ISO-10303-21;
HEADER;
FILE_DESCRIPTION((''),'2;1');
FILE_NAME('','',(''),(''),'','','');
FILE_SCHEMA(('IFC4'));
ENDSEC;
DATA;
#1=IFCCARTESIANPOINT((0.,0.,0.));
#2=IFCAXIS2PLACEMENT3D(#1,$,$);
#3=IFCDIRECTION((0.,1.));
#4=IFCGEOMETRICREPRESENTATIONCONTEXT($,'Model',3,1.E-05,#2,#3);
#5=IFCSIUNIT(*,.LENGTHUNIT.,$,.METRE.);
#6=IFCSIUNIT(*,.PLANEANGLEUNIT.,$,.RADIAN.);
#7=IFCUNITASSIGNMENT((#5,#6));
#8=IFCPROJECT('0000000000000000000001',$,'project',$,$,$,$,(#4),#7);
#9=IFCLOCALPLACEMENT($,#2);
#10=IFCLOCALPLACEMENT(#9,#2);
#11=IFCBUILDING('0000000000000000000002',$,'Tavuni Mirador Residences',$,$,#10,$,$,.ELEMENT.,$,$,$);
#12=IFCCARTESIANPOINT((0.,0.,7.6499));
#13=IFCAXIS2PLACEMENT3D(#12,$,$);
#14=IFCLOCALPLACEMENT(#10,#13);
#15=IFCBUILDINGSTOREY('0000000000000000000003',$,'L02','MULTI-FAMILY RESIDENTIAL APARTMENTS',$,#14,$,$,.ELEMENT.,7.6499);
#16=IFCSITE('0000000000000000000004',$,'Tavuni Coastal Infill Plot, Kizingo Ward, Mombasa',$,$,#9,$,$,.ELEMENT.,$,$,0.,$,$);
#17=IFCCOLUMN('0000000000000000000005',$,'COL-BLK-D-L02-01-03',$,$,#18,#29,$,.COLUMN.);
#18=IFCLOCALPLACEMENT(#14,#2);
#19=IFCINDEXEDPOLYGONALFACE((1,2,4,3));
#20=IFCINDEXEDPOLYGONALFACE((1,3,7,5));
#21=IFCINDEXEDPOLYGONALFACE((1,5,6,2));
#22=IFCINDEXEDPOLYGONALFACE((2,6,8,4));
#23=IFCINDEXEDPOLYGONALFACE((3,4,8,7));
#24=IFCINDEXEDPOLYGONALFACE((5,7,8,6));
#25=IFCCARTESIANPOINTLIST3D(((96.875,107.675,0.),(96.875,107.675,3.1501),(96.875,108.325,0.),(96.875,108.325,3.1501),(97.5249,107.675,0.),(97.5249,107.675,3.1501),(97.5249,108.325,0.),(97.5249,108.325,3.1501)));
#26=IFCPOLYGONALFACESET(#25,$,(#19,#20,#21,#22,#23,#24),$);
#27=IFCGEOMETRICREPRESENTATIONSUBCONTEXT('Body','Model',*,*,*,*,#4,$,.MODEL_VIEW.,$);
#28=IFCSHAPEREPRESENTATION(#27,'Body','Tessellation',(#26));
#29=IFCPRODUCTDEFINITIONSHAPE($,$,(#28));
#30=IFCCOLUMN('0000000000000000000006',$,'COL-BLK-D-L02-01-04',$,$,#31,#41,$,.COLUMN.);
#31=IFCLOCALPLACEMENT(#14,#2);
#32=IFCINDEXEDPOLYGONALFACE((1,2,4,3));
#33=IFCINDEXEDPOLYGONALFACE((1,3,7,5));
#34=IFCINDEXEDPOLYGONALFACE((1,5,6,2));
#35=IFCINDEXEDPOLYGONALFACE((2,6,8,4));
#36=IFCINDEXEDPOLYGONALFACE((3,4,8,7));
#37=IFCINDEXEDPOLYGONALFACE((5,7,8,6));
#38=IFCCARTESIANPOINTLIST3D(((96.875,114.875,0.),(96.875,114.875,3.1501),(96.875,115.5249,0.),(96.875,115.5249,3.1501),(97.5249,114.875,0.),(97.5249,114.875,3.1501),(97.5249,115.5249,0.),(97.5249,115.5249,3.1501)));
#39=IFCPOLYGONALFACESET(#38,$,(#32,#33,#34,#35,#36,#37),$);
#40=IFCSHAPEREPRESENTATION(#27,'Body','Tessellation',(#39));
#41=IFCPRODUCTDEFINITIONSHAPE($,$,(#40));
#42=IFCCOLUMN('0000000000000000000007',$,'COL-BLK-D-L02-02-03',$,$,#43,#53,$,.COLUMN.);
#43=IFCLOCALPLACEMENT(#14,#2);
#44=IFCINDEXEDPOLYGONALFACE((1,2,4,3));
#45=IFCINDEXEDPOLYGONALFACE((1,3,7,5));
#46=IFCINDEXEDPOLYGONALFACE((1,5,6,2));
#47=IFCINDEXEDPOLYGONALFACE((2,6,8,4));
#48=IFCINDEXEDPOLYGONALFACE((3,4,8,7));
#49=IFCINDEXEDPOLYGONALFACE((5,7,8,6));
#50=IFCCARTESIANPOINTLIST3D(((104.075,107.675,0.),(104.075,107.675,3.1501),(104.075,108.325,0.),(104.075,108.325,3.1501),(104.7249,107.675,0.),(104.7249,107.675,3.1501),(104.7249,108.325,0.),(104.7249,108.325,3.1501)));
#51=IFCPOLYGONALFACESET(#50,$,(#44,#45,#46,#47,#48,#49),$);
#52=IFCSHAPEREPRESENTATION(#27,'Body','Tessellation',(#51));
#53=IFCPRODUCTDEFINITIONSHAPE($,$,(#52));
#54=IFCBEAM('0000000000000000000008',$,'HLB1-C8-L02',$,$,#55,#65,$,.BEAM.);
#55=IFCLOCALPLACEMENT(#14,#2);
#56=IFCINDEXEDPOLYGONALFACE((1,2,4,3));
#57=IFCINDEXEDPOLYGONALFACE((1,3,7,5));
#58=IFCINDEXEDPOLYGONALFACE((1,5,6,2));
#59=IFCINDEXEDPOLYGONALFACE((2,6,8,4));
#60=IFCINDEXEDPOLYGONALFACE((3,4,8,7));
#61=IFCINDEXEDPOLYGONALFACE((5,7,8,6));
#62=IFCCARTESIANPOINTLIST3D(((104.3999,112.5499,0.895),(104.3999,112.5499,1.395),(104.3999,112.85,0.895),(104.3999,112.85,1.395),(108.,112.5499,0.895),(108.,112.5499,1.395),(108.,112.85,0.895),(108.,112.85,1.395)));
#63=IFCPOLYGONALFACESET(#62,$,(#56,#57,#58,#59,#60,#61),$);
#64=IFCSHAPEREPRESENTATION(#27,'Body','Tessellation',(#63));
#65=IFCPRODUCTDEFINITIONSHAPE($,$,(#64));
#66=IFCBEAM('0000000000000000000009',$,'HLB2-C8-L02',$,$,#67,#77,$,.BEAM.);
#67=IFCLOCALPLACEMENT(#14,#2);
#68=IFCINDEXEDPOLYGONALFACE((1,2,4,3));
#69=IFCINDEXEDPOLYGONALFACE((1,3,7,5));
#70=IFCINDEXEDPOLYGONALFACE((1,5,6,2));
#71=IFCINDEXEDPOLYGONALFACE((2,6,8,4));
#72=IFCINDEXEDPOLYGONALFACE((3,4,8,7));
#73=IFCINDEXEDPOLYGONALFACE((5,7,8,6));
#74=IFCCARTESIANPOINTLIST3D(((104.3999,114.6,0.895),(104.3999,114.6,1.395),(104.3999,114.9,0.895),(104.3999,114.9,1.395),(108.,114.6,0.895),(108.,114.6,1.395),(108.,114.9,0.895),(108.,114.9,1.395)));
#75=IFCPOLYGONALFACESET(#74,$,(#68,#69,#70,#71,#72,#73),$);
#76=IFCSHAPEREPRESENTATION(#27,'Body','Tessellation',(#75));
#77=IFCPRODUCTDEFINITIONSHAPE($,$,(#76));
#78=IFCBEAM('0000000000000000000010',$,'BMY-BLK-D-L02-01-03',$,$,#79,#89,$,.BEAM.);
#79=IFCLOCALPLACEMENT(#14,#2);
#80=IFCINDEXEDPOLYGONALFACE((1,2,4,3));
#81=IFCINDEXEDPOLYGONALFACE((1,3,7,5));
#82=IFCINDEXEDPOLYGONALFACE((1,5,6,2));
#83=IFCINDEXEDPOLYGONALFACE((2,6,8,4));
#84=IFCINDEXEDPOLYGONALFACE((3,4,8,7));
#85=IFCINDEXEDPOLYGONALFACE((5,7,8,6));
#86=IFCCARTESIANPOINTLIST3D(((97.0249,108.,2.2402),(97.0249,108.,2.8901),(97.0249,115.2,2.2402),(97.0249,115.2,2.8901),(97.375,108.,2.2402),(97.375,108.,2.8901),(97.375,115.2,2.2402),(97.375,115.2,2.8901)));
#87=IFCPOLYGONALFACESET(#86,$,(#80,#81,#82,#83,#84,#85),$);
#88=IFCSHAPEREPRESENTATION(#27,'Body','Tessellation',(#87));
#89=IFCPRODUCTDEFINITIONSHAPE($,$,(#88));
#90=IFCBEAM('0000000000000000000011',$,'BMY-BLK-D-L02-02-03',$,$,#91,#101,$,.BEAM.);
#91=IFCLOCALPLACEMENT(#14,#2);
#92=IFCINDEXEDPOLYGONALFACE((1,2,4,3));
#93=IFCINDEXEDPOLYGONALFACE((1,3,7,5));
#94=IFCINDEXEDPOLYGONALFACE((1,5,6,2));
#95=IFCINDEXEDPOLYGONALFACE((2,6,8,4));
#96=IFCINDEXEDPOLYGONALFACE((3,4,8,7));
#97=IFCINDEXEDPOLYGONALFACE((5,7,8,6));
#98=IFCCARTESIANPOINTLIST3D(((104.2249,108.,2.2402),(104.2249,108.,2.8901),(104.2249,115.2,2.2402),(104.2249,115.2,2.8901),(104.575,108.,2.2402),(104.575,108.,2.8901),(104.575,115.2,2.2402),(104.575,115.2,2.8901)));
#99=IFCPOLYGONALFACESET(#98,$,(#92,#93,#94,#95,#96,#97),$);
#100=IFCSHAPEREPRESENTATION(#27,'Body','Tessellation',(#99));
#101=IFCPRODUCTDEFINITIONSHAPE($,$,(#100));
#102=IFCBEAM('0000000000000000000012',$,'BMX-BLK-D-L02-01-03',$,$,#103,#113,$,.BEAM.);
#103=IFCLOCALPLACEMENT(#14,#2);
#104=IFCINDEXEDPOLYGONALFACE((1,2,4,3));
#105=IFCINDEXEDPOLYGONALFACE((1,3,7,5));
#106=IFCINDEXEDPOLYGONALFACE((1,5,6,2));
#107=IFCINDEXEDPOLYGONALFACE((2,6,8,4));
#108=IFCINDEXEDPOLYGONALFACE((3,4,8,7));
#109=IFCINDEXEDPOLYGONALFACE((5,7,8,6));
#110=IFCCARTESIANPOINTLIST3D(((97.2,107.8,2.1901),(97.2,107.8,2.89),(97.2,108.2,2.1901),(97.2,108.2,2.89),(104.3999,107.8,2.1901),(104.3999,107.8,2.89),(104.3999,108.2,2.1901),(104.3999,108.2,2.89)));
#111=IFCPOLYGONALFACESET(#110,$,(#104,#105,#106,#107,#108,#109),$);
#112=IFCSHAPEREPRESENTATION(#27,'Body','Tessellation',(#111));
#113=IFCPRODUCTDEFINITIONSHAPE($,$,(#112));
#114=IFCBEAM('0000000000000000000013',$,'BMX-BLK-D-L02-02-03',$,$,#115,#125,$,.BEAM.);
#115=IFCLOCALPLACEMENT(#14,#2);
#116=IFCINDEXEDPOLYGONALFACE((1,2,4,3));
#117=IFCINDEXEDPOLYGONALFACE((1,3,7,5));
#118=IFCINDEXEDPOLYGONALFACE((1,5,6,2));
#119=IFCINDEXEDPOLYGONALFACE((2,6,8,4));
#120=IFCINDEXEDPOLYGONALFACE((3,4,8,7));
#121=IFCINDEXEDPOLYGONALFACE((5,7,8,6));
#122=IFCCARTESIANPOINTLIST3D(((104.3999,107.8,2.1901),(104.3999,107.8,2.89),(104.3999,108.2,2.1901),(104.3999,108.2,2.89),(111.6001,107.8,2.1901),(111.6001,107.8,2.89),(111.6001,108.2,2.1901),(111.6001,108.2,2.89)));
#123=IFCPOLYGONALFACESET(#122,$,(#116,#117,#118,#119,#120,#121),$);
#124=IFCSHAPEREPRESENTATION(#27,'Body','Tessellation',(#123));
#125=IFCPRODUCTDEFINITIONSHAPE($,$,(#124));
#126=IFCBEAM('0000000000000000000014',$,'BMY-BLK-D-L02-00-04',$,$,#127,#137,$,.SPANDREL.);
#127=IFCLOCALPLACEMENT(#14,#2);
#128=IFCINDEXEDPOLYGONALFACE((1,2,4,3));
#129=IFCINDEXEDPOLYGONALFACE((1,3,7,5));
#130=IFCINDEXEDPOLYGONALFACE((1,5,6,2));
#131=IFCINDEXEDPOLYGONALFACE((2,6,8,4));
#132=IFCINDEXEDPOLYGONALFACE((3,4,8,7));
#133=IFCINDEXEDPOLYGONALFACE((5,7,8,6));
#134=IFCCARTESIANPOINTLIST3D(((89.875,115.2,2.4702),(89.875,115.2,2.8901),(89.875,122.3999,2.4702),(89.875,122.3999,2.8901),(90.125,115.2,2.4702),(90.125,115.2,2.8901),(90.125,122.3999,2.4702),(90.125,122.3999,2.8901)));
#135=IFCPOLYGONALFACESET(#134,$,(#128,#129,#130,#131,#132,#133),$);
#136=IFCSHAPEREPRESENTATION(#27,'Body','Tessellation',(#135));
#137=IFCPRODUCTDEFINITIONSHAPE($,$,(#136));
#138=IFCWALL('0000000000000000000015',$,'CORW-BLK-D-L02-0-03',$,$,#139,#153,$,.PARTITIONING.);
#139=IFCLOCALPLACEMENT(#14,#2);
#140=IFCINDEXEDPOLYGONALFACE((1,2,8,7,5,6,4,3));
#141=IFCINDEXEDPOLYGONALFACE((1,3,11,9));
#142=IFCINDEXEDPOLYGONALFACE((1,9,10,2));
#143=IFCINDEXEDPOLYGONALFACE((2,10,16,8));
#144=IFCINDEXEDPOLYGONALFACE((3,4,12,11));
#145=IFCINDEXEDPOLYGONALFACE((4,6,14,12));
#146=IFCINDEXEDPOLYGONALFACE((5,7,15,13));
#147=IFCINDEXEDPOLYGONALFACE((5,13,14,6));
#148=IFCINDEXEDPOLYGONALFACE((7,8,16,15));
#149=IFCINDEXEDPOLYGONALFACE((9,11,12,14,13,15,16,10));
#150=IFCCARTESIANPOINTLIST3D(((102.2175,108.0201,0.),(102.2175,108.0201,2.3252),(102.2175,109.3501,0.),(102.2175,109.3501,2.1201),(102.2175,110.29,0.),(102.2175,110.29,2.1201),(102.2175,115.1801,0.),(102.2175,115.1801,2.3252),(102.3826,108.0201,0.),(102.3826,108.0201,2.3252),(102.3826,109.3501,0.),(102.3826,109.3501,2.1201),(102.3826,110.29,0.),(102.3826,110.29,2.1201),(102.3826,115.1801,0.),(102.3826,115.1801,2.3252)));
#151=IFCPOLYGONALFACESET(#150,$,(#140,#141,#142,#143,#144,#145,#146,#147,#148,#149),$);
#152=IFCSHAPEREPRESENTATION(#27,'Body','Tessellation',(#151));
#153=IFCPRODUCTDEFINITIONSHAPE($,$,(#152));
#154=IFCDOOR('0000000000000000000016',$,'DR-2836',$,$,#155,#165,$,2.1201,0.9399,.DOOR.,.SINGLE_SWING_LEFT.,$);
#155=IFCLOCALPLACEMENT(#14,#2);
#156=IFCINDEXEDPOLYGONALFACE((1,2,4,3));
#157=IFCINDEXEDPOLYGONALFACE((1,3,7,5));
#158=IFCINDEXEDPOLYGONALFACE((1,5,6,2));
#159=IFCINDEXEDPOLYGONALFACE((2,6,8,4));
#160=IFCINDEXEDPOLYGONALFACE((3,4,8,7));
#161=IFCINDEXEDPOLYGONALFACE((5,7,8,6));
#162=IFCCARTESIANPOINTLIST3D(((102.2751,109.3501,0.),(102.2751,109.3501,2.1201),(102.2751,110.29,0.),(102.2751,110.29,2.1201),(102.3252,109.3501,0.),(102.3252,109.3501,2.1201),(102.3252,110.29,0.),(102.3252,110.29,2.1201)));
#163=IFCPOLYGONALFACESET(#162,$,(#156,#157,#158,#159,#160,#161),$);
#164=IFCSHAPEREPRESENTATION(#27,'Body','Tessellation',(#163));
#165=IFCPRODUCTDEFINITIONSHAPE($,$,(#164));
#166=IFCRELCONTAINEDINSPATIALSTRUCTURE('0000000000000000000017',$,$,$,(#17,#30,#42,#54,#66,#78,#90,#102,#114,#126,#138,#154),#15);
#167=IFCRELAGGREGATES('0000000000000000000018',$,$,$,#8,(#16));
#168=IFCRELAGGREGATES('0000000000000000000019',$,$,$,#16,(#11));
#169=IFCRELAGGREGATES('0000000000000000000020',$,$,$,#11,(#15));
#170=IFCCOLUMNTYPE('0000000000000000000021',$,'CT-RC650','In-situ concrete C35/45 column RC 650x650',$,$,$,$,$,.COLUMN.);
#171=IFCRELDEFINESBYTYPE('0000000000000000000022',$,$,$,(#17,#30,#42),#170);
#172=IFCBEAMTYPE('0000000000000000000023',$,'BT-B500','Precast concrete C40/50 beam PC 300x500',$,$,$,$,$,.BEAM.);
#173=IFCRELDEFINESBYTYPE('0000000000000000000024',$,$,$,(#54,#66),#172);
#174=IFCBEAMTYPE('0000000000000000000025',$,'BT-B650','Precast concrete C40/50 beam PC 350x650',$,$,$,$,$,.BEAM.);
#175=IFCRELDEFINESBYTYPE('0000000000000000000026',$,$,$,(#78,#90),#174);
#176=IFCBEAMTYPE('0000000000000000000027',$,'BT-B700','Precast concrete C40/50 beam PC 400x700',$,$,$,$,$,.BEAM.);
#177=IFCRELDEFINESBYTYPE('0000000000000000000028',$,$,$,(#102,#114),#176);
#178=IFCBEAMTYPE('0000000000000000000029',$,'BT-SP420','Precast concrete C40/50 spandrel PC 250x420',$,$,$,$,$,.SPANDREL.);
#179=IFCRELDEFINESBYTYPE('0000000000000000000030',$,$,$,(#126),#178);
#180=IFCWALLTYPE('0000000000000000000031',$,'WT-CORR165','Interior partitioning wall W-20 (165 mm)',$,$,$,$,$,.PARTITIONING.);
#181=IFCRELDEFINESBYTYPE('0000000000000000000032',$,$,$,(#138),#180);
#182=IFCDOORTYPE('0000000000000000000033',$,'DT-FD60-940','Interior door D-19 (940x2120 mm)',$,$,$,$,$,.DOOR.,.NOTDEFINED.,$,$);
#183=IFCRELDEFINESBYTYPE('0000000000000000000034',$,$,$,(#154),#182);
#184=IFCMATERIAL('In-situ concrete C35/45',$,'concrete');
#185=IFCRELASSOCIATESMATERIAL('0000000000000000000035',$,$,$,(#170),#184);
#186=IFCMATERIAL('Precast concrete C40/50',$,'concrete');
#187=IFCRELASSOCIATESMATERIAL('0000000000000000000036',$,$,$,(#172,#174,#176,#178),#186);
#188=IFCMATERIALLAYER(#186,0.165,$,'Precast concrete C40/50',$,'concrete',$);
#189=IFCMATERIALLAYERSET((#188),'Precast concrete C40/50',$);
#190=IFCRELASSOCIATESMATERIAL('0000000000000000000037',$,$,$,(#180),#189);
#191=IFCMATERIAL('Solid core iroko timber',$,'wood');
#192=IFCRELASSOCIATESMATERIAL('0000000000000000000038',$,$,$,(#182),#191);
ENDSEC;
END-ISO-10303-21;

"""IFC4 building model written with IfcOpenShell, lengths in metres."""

from ifc_helpers import new_model, si_unit, direction, frame, frame_2d, origin, origin_2d, place, context, subcontext, project, spatial, rectangle, extrude, material, layer, layer_set, material_profile, profile_set, type_object, element, fill, save


model = new_model("IFC4")

# Units and contexts
model_context = context("Model", 3, precision=1e-05, world=origin(), true_north=direction((0.0, 1.0)))
body_context = subcontext(model_context, "Body", "Model", "MODEL_VIEW")
ifc_project = project(units=[si_unit("LENGTHUNIT", "METRE"), si_unit("PLANEANGLEUNIT", "RADIAN")], contexts=[model_context])

# Site, building, storey
site_placement = place(None, origin())
site = spatial("IfcSite", under=ifc_project, at=site_placement, Name="Tavuni Coastal Infill Plot, Kizingo Ward, Mombasa", CompositionType="ELEMENT", RefElevation=0.0)
building_placement = place(site_placement, origin())
building = spatial("IfcBuilding", under=site, at=building_placement, Name="Tavuni Mirador Residences", CompositionType="ELEMENT")
storey_placement = place(building_placement, frame((0.0, 0.0, 7.6499)))
storey = spatial("IfcBuildingStorey", under=building, at=storey_placement, Name="L02", Description="MULTI-FAMILY RESIDENTIAL APARTMENTS", CompositionType="ELEMENT", Elevation=7.6499)

# Columns
ifc_material_1 = material(Name="In-situ concrete C35/45", Category="concrete")
ifc_material_profile_1 = material_profile(ifc_material_1, rectangle(XDim=0.6499, YDim=0.6499, at=origin_2d()), Name="RC 650x650", Category="concrete")
ifc_profile_set_1 = profile_set([ifc_material_profile_1], Name="In-situ concrete C35/45")
column_type = type_object("IfcColumnType", Name="CT-RC650", Description="In-situ concrete C35/45 column RC 650x650", PredefinedType="COLUMN", material=ifc_profile_set_1)
for number, where, z_axis, x_axis, name in (
    (1, (97.2, 108.0, 0.0), (0.0, 0.0, 1.0), (1.0, 0.0, 0.0), "COL-BLK-D-L02-01-03"),
    (2, (97.2, 115.2, 0.0), (0.0, 0.0, 1.0), (1.0, 0.0, 0.0), "COL-BLK-D-L02-01-04"),
    (3, (104.3999, 108.0, 0.0), (0.0, 0.0, 1.0), (1.0, 0.0, 0.0), "COL-BLK-D-L02-02-03"),
):
    element("IfcColumn", number, at=place(storey_placement, frame(where, z_axis=z_axis, x_axis=x_axis)), inside=storey, type_object=column_type, Name=name, PredefinedType="COLUMN", context=body_context, shape_type="SweptSolid", body=[
        extrude(rectangle(XDim=0.6499, YDim=0.6499, at=origin_2d()), origin(), (0.0, 0.0, 1.0), 3.1501),
    ])

# Beams
ifc_material_2 = material(Name="Precast concrete C40/50", Category="concrete")
ifc_material_profile_2 = material_profile(ifc_material_2, rectangle(XDim=0.3, YDim=0.5, at=origin_2d()), Name="PC 300x500", Category="concrete")
ifc_profile_set_2 = profile_set([ifc_material_profile_2], Name="Precast concrete C40/50")
beam_type_1 = type_object("IfcBeamType", Name="BT-B500", Description="Precast concrete C40/50 beam PC 300x500", PredefinedType="BEAM", material=ifc_profile_set_2)
for number, where, z_axis, x_axis, name in (
    (4, (104.3999, 112.7, 1.145), (1.0, 0.0, 0.0), (0.0, 1.0, 0.0), "HLB1-C8-L02"),
    (5, (104.3999, 114.75, 1.145), (1.0, 0.0, 0.0), (0.0, 1.0, 0.0), "HLB2-C8-L02"),
):
    element("IfcBeam", number, at=place(storey_placement, frame(where, z_axis=z_axis, x_axis=x_axis)), inside=storey, type_object=beam_type_1, Name=name, PredefinedType="BEAM", context=body_context, shape_type="SweptSolid", body=[
        extrude(rectangle(XDim=0.3, YDim=0.5, at=origin_2d()), origin(), (0.0, 0.0, 1.0), 3.6001),
    ])
ifc_material_profile_3 = material_profile(ifc_material_2, rectangle(XDim=0.3501, YDim=0.6499, at=origin_2d()), Name="PC 350x650", Category="concrete")
ifc_profile_set_3 = profile_set([ifc_material_profile_3], Name="Precast concrete C40/50")
beam_type_2 = type_object("IfcBeamType", Name="BT-B650", Description="Precast concrete C40/50 beam PC 350x650", PredefinedType="BEAM", material=ifc_profile_set_3)
for number, where, z_axis, x_axis, name in (
    (6, (97.2, 108.0, 2.5652), (0.0, 1.0, 0.0), (-1.0, 0.0, 0.0), "BMY-BLK-D-L02-01-03"),
    (7, (104.3999, 108.0, 2.5652), (0.0, 1.0, 0.0), (-1.0, 0.0, 0.0), "BMY-BLK-D-L02-02-03"),
):
    element("IfcBeam", number, at=place(storey_placement, frame(where, z_axis=z_axis, x_axis=x_axis)), inside=storey, type_object=beam_type_2, Name=name, PredefinedType="BEAM", context=body_context, shape_type="SweptSolid", body=[
        extrude(rectangle(XDim=0.3501, YDim=0.6499, at=origin_2d()), origin(), (0.0, 0.0, 1.0), 7.2),
    ])
ifc_material_profile_4 = material_profile(ifc_material_2, rectangle(XDim=0.3999, YDim=0.7, at=origin_2d()), Name="PC 400x700", Category="concrete")
ifc_profile_set_4 = profile_set([ifc_material_profile_4], Name="Precast concrete C40/50")
beam_type_3 = type_object("IfcBeamType", Name="BT-B700", Description="Precast concrete C40/50 beam PC 400x700", PredefinedType="BEAM", material=ifc_profile_set_4)
beam_1_placement = place(storey_placement, frame((97.2, 108.0, 2.54), z_axis=(1.0, 0.0, 0.0), x_axis=(0.0, 1.0, 0.0)))
element("IfcBeam", 8, at=beam_1_placement, inside=storey, type_object=beam_type_3, Name="BMX-BLK-D-L02-01-03", PredefinedType="BEAM", context=body_context, shape_type="SweptSolid", body=[
    extrude(rectangle(XDim=0.3999, YDim=0.7, at=origin_2d()), origin(), (0.0, 0.0, 1.0), 7.2),
])
beam_2_placement = place(storey_placement, frame((104.3999, 108.0, 2.54), z_axis=(1.0, 0.0, 0.0), x_axis=(0.0, 1.0, 0.0)))
element("IfcBeam", 9, at=beam_2_placement, inside=storey, type_object=beam_type_3, Name="BMX-BLK-D-L02-02-03", PredefinedType="BEAM", context=body_context, shape_type="SweptSolid", body=[
    extrude(rectangle(XDim=0.3999, YDim=0.7, at=origin_2d()), origin(), (0.0, 0.0, 1.0), 7.2002),
])
ifc_material_profile_5 = material_profile(ifc_material_2, rectangle(XDim=0.25, YDim=0.4199, at=origin_2d()), Name="PC 250x420", Category="concrete")
ifc_profile_set_5 = profile_set([ifc_material_profile_5], Name="Precast concrete C40/50")
beam_type_4 = type_object("IfcBeamType", Name="BT-SP420", Description="Precast concrete C40/50 spandrel PC 250x420", PredefinedType="SPANDREL", material=ifc_profile_set_5)
beam_3_placement = place(storey_placement, frame((90.0, 115.2, 2.6802), z_axis=(0.0, 1.0, 0.0), x_axis=(-1.0, 0.0, 0.0)))
element("IfcBeam", 10, at=beam_3_placement, inside=storey, type_object=beam_type_4, Name="BMY-BLK-D-L02-00-04", PredefinedType="SPANDREL", context=body_context, shape_type="SweptSolid", body=[
    extrude(rectangle(XDim=0.25, YDim=0.4199, at=origin_2d()), origin(), (0.0, 0.0, 1.0), 7.2),
])

# Wall, opening, door
ifc_material_3 = material(Name="Solid core iroko timber", Category="wood")
ifc_layer_1 = layer(ifc_material_2, 0.165, Name="Precast concrete C40/50", Category="concrete")
ifc_layer_set_1 = layer_set([ifc_layer_1], Name="Precast concrete C40/50")
wall_type_1 = type_object("IfcWallType", Name="WT-CORR165", Description="Interior partitioning wall W-20 (165 mm)", PredefinedType="PARTITIONING", material=ifc_layer_set_1)
wall_1_placement = place(storey_placement, frame((102.3, 108.02, 0.0), z_axis=(0.0, 0.0, 1.0), x_axis=(0.0, 1.0, 0.0)))
wall_1 = element("IfcWall", 11, at=wall_1_placement, inside=storey, type_object=wall_type_1, Name="CORW-BLK-D-L02-0-03", PredefinedType="PARTITIONING", context=body_context, shape_type="SweptSolid", body=[
    extrude(rectangle(XDim=7.1599, YDim=0.165, at=frame_2d((3.5801, 0.0))), origin(), (0.0, 0.0, 1.0), 2.3252),
])
opening_1_placement = place(wall_1_placement, frame((1.3301, 0.0, 0.0)))
opening_1 = element("IfcOpeningElement", 12, at=opening_1_placement, cuts=wall_1, PredefinedType="OPENING", context=body_context, shape_type="SweptSolid", body=[
    extrude(rectangle(XDim=0.9399, YDim=2.1201, at=frame_2d((0.47, 1.0601))), frame((0.0, 0.0925, 0.0), z_axis=(0.0, -1.0, 0.0), x_axis=(1.0, 0.0, 0.0)), (0.0, 0.0, 1.0), 0.1851),
])
door_type_1 = type_object("IfcDoorType", Name="DT-FD60-940", Description="Interior door D-19 (940x2120 mm)", OperationType="NOTDEFINED", PredefinedType="DOOR", material=ifc_material_3)
door_1_placement = place(opening_1_placement, origin())
door_1 = element("IfcDoor", 13, at=door_1_placement, inside=storey, type_object=door_type_1, Name="DR-2836", OperationType="SINGLE_SWING_LEFT", OverallHeight=2.1201, OverallWidth=0.9399, PredefinedType="DOOR", context=body_context, shape_type="SweptSolid", body=[
    extrude(rectangle(XDim=0.9399, YDim=2.1201, at=frame_2d((0.47, 1.0601))), frame((0.0, 0.0249, 0.0), z_axis=(0.0, -1.0, 0.0), x_axis=(1.0, 0.0, 0.0)), (0.0, 0.0, 1.0), 0.05),
])
fill(opening_1, door_1)

save(model, "model.ifc")
